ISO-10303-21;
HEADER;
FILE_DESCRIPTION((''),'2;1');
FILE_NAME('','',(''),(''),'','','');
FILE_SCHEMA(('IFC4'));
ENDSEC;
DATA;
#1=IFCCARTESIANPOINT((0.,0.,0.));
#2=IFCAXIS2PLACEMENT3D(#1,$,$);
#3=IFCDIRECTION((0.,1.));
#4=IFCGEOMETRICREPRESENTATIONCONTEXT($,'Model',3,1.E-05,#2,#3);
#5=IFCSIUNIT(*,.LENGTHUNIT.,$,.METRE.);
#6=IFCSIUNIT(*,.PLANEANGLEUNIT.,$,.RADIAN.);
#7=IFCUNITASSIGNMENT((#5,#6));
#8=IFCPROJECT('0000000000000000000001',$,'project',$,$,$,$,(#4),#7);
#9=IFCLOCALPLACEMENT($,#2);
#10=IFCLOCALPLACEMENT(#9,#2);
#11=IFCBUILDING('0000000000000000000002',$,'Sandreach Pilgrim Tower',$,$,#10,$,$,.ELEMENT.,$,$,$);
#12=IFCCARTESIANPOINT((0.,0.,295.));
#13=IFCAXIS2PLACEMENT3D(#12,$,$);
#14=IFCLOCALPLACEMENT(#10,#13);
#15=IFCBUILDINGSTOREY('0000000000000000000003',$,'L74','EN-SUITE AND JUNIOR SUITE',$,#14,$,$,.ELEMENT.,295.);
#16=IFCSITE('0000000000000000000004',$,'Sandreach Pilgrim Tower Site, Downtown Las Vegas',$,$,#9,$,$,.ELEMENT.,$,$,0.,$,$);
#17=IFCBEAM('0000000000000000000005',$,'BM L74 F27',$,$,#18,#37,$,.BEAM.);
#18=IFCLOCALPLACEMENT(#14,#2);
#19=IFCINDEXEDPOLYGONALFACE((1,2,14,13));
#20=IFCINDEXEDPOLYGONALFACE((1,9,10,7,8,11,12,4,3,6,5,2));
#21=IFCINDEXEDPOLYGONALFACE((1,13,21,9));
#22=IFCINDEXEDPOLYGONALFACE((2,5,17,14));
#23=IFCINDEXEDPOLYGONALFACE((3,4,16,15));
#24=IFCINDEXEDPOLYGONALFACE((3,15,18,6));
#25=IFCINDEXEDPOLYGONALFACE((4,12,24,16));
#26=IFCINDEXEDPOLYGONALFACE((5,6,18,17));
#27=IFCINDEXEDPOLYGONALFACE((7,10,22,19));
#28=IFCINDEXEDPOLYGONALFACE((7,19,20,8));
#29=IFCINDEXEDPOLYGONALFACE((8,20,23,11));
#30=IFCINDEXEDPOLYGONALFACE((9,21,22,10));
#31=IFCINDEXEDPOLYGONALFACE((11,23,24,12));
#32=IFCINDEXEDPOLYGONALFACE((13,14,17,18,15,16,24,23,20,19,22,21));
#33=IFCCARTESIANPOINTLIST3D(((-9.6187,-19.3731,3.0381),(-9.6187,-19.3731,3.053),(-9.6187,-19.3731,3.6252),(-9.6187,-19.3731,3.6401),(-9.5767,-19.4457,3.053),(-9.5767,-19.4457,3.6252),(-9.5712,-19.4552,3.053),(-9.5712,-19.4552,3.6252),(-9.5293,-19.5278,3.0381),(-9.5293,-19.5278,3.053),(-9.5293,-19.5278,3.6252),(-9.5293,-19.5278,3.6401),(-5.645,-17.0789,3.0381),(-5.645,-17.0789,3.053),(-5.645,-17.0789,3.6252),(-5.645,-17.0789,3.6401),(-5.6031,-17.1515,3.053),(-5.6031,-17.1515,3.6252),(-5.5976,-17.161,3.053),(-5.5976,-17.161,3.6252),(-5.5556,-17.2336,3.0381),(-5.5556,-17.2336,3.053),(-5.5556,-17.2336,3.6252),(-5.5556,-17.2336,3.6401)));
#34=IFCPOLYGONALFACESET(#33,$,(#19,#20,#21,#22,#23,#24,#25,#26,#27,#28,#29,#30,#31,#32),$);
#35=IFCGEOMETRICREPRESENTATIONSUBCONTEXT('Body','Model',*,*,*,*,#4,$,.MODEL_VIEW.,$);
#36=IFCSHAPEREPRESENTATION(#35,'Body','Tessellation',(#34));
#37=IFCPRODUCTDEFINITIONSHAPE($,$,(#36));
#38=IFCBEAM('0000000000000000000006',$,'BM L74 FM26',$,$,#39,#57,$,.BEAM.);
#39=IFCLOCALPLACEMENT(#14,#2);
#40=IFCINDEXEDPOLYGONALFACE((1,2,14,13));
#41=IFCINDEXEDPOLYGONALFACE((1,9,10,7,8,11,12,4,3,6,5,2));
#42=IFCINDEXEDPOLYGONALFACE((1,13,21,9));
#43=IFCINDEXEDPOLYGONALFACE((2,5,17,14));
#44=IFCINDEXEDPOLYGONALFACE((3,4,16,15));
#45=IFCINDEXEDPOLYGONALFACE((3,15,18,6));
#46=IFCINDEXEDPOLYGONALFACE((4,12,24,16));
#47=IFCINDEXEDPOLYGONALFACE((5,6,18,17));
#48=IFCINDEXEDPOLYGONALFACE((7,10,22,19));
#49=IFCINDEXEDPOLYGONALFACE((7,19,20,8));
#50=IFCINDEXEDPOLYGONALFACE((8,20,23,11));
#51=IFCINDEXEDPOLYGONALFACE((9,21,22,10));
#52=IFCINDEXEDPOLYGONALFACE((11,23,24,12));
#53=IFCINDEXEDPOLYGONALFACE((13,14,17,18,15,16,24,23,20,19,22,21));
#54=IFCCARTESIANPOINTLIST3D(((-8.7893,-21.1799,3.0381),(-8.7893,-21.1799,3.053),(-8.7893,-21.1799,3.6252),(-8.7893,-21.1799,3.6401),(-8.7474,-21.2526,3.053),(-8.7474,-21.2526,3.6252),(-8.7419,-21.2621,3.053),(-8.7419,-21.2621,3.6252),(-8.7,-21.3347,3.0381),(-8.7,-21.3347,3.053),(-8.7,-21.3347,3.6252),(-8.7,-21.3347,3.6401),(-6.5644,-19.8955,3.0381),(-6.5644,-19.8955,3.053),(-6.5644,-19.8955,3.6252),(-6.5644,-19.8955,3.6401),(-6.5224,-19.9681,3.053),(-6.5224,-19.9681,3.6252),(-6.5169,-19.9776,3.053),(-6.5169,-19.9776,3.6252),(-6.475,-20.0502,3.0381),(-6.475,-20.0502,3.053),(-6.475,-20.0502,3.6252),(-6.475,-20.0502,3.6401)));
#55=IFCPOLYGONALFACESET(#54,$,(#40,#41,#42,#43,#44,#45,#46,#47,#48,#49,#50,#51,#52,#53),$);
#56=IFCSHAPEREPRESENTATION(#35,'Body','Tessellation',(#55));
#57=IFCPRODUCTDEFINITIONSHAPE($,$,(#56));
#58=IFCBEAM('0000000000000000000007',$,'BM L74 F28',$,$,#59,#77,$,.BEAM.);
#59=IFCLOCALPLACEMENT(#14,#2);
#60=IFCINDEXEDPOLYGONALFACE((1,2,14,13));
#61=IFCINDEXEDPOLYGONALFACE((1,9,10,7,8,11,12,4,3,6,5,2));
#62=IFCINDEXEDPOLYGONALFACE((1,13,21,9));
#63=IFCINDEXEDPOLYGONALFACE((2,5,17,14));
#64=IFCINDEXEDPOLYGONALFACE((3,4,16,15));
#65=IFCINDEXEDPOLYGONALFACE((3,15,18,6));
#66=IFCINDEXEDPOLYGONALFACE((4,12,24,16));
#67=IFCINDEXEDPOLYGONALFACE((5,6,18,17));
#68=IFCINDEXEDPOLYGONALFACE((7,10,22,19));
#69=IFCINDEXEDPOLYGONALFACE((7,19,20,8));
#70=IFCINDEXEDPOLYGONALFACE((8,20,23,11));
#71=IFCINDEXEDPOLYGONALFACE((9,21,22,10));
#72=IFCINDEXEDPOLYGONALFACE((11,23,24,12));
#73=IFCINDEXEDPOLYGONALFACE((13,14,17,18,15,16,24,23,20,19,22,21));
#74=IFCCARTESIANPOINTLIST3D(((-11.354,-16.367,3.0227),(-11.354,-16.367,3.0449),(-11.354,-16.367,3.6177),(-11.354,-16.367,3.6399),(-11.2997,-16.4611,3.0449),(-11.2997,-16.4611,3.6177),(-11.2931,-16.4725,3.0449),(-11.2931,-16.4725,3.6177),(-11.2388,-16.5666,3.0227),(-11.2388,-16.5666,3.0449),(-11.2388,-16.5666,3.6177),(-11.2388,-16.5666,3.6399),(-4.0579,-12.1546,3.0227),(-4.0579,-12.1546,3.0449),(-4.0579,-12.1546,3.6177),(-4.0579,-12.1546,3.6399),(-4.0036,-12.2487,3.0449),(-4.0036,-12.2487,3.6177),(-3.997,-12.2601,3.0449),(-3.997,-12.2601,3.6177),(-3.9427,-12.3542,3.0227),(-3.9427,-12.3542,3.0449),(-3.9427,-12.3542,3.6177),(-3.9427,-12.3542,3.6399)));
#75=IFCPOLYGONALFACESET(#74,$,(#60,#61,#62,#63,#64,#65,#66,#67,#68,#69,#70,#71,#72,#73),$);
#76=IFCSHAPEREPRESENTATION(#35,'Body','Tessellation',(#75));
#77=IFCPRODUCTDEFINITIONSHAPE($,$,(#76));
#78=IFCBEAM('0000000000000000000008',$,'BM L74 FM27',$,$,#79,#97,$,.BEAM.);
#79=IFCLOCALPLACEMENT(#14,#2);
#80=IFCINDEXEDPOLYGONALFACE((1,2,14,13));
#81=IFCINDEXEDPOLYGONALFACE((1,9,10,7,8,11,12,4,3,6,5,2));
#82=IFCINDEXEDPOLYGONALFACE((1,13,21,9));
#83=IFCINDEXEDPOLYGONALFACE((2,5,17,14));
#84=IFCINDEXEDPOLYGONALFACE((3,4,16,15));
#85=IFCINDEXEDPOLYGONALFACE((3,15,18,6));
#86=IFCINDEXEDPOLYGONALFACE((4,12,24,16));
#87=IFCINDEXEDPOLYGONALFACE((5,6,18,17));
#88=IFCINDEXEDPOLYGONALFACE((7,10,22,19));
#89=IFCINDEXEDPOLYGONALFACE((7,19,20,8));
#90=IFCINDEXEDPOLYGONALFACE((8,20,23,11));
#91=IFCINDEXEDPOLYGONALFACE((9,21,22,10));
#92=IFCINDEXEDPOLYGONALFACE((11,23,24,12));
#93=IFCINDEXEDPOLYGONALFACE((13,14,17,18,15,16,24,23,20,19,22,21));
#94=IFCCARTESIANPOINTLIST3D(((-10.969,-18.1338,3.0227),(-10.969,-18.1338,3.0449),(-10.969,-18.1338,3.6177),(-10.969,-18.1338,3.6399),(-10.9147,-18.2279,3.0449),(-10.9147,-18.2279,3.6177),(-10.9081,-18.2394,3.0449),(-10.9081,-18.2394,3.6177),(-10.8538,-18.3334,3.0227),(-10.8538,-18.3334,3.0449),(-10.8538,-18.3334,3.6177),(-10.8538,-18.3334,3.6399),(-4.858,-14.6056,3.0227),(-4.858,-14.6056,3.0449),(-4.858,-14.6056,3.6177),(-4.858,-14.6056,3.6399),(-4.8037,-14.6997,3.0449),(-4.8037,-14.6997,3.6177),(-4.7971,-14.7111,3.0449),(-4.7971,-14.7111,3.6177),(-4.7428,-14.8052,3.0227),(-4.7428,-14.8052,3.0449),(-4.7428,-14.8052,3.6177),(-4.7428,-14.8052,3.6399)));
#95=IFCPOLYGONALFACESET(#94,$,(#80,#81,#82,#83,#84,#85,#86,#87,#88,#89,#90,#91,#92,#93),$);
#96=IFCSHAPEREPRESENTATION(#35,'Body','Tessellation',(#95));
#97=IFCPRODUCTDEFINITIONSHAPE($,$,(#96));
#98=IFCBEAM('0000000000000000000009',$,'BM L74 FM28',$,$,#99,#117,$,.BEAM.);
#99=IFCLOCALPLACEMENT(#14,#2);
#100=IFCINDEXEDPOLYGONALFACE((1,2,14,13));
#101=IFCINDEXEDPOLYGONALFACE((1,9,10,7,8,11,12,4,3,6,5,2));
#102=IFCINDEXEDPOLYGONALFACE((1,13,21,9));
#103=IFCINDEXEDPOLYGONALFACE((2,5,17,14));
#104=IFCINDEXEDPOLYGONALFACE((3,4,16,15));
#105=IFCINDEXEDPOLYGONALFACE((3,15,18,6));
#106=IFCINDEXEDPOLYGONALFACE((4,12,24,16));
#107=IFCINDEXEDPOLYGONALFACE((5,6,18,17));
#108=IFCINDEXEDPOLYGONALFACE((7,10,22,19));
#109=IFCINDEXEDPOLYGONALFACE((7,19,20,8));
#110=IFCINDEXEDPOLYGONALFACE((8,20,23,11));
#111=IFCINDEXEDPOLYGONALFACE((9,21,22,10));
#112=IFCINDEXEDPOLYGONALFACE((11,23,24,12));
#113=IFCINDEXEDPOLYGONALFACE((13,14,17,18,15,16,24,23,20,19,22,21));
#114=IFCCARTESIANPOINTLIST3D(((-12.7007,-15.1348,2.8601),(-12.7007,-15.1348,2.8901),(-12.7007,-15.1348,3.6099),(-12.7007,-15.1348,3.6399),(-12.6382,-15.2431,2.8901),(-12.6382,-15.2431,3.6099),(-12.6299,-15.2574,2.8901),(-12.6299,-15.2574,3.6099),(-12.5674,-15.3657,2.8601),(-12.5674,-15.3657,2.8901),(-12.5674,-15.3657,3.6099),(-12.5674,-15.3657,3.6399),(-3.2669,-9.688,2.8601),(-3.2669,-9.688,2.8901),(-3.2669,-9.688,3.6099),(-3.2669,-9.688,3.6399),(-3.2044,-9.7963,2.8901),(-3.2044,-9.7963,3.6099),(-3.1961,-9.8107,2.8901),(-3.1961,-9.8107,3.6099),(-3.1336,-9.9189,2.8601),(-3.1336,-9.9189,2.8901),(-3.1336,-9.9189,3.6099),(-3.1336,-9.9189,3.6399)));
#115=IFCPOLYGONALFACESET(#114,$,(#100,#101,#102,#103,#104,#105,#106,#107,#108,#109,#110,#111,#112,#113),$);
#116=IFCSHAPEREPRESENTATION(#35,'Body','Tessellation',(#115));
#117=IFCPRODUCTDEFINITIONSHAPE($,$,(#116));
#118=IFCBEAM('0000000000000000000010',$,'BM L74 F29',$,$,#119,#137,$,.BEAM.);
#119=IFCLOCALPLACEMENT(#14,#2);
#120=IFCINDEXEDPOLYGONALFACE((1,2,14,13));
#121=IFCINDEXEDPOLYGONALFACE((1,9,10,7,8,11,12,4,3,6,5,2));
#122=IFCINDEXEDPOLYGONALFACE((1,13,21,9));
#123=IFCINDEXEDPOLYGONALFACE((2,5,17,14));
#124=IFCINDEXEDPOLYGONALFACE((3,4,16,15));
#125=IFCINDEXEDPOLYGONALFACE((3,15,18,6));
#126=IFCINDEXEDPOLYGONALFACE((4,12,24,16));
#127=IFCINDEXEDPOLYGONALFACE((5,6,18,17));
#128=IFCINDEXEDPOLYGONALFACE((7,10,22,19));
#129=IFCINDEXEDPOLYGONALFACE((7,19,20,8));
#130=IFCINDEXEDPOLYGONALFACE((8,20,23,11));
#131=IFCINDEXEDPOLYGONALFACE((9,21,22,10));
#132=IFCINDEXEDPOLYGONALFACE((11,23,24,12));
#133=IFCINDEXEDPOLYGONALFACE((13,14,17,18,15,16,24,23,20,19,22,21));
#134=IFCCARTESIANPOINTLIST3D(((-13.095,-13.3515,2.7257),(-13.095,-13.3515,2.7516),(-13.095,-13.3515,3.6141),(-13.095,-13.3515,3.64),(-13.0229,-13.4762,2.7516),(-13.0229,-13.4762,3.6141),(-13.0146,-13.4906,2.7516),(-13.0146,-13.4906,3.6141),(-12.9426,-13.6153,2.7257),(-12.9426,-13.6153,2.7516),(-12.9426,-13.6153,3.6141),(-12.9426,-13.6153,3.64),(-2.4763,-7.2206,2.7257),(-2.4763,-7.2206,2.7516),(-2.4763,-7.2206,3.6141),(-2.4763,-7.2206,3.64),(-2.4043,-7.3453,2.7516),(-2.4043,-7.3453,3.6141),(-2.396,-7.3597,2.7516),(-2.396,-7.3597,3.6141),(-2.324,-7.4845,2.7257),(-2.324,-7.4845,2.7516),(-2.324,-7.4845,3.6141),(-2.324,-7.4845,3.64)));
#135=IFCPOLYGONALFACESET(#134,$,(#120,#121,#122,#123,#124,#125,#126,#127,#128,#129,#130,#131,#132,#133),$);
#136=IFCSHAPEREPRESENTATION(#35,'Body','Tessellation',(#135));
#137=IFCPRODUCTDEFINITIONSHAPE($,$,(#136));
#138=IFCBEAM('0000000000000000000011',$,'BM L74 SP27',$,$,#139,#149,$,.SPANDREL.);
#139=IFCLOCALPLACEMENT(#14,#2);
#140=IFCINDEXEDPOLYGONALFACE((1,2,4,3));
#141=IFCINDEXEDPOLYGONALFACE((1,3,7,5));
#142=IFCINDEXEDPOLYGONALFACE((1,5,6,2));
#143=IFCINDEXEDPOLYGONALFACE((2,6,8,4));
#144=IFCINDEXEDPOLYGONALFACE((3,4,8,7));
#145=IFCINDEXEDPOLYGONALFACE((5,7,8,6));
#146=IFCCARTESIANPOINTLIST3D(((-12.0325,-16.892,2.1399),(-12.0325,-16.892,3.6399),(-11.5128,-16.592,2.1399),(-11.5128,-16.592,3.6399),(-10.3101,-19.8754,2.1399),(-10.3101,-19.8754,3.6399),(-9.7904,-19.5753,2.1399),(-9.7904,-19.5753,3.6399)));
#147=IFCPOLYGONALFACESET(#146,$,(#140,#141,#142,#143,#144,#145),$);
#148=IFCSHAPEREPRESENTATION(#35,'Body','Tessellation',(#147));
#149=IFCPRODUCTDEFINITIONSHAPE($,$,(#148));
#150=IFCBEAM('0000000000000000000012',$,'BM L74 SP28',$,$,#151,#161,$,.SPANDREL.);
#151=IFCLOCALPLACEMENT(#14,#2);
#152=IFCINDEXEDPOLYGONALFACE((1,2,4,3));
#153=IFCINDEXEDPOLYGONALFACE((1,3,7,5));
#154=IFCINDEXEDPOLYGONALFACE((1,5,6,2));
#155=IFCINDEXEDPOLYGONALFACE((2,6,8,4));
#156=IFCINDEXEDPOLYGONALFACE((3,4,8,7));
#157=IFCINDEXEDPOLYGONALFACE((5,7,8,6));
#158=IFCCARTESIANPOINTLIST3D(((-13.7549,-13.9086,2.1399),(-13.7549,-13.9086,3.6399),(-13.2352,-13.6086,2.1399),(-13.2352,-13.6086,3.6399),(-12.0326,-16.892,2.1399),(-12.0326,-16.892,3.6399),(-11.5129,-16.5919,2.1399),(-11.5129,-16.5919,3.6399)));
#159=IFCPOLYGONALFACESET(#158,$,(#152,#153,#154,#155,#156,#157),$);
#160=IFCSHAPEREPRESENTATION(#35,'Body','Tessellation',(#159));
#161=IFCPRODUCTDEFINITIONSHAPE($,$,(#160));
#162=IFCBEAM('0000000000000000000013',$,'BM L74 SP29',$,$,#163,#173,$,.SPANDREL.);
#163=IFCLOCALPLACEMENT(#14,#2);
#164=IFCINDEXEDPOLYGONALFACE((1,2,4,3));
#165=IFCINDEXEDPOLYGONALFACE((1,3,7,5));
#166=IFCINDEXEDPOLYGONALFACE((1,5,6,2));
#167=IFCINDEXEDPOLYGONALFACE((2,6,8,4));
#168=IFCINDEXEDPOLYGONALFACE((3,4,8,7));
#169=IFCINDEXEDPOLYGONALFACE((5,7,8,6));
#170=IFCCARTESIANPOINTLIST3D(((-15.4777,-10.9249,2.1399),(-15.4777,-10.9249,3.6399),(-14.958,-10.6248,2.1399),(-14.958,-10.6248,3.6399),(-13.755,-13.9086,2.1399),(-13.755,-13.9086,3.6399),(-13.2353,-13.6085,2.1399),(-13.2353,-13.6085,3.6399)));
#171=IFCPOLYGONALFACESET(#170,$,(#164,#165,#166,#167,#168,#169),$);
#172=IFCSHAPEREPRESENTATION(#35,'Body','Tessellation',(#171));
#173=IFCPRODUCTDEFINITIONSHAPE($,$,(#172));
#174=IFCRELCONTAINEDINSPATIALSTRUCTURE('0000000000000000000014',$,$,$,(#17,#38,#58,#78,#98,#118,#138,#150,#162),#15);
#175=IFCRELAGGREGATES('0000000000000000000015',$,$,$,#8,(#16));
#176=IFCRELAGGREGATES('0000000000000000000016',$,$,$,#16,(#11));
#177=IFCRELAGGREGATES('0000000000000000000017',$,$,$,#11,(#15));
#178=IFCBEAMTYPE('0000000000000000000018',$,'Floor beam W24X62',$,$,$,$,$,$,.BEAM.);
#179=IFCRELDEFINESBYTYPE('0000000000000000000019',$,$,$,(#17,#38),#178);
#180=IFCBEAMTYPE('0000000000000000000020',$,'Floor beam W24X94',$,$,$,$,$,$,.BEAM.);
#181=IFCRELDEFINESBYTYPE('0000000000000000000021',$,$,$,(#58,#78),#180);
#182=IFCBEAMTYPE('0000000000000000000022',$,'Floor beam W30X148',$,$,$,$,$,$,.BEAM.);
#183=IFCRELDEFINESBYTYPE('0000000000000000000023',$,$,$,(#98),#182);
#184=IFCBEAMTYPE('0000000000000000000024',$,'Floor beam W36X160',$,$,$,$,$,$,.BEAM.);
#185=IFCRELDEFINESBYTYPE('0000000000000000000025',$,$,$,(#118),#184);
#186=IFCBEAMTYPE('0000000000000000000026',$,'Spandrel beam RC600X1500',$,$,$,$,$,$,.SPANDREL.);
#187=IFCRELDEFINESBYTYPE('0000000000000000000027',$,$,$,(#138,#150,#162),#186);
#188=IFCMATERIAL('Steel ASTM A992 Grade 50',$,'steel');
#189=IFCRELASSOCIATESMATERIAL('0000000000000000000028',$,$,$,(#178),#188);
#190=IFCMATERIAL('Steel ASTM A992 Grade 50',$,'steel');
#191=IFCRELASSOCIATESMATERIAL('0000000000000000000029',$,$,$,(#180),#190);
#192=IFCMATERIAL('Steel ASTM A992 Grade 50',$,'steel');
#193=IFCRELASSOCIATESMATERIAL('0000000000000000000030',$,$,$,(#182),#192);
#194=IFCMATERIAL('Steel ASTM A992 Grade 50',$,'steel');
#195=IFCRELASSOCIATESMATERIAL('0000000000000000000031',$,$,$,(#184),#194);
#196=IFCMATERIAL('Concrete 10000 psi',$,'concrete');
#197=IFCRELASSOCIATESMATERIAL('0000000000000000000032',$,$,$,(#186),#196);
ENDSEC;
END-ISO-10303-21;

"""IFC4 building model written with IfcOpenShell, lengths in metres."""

from ifc_helpers import new_model, si_unit, direction, frame, origin, origin_2d, place, context, subcontext, project, spatial, rectangle, i_section, extrude, material, material_profile, profile_set, type_object, element, save


model = new_model("IFC4")

# Units and contexts
model_context = context("Model", 3, precision=1e-05, world=origin(), true_north=direction((0.0, 1.0)))
body_context = subcontext(model_context, "Body", "Model", "MODEL_VIEW")
ifc_project = project(units=[si_unit("LENGTHUNIT", "METRE"), si_unit("PLANEANGLEUNIT", "RADIAN")], contexts=[model_context])

# Site, building, storey
site_placement = place(None, origin())
site = spatial("IfcSite", under=ifc_project, at=site_placement, Name="Sandreach Pilgrim Tower Site, Downtown Las Vegas", CompositionType="ELEMENT", RefElevation=0.0)
building_placement = place(site_placement, origin())
building = spatial("IfcBuilding", under=site, at=building_placement, Name="Sandreach Pilgrim Tower", CompositionType="ELEMENT")
storey_placement = place(building_placement, frame((0.0, 0.0, 295.0)))
storey = spatial("IfcBuildingStorey", under=building, at=storey_placement, Name="L74", Description="EN-SUITE AND JUNIOR SUITE", CompositionType="ELEMENT", Elevation=295.0)

# Beams
ifc_material_1 = material(Name="Steel ASTM A992 Grade 50", Category="steel")
ifc_material_profile_1 = material_profile(ifc_material_1, i_section(OverallWidth=0.1787, OverallDepth=0.6021, WebThickness=0.011, FlangeThickness=0.0149, at=origin_2d()), Name="W24X62")
ifc_profile_set_1 = profile_set([ifc_material_profile_1], Name="Steel ASTM A992 Grade 50")
beam_type_1 = type_object("IfcBeamType", Name="Floor beam W24X62", PredefinedType="BEAM", material=ifc_profile_set_1)
beam_1_placement = place(storey_placement, frame((-9.574, -19.4504, 3.3391), z_axis=(0.866024, 0.500002, 0.0), x_axis=(-0.500002, 0.866024, 0.0)))
element("IfcBeam", 1, at=beam_1_placement, inside=storey, type_object=beam_type_1, Name="BM L74 F27", PredefinedType="BEAM", context=body_context, shape_type="SweptSolid", body=[
    extrude(i_section(OverallWidth=0.1787, OverallDepth=0.6021, WebThickness=0.011, FlangeThickness=0.0149, at=origin_2d()), origin(), (0.0, 0.0, 1.0), 4.5884),
])
beam_2_placement = place(storey_placement, frame((-8.7446, -21.2573, 3.3391), z_axis=(0.866042, 0.499972, 0.0), x_axis=(-0.499972, 0.866042, 0.0)))
element("IfcBeam", 2, at=beam_2_placement, inside=storey, type_object=beam_type_1, Name="BM L74 FM26", PredefinedType="BEAM", context=body_context, shape_type="SweptSolid", body=[
    extrude(i_section(OverallWidth=0.1787, OverallDepth=0.6021, WebThickness=0.011, FlangeThickness=0.0149, at=origin_2d()), origin(), (0.0, 0.0, 1.0), 2.5691),
])
ifc_material_2 = material(Name="Steel ASTM A992 Grade 50", Category="steel")
ifc_material_profile_2 = material_profile(ifc_material_2, i_section(OverallWidth=0.2305, OverallDepth=0.6172, WebThickness=0.0132, FlangeThickness=0.0222, at=origin_2d()), Name="W24X94")
ifc_profile_set_2 = profile_set([ifc_material_profile_2], Name="Steel ASTM A992 Grade 50")
beam_type_2 = type_object("IfcBeamType", Name="Floor beam W24X94", PredefinedType="BEAM", material=ifc_profile_set_2)
beam_3_placement = place(storey_placement, frame((-11.2964, -16.4668, 3.3313), z_axis=(0.866027, 0.499998, 0.0), x_axis=(-0.499998, 0.866027, 0.0)))
element("IfcBeam", 3, at=beam_3_placement, inside=storey, type_object=beam_type_2, Name="BM L74 F28", PredefinedType="BEAM", context=body_context, shape_type="SweptSolid", body=[
    extrude(i_section(OverallWidth=0.2305, OverallDepth=0.6172, WebThickness=0.0132, FlangeThickness=0.0222, at=origin_2d()), origin(), (0.0, 0.0, 1.0), 8.4248),
])
beam_4_placement = place(storey_placement, frame((-10.9114, -18.2336, 3.3313), z_axis=(0.86602, 0.500009, 0.0), x_axis=(-0.500009, 0.86602, 0.0)))
element("IfcBeam", 4, at=beam_4_placement, inside=storey, type_object=beam_type_2, Name="BM L74 FM27", PredefinedType="BEAM", context=body_context, shape_type="SweptSolid", body=[
    extrude(i_section(OverallWidth=0.2305, OverallDepth=0.6172, WebThickness=0.0132, FlangeThickness=0.0222, at=origin_2d()), origin(), (0.0, 0.0, 1.0), 7.0564),
])
ifc_material_3 = material(Name="Steel ASTM A992 Grade 50", Category="steel")
ifc_material_profile_3 = material_profile(ifc_material_3, i_section(OverallWidth=0.2666, OverallDepth=0.7798, WebThickness=0.0166, FlangeThickness=0.03, at=origin_2d()), Name="W30X148")
ifc_profile_set_3 = profile_set([ifc_material_profile_3], Name="Steel ASTM A992 Grade 50")
beam_type_3 = type_object("IfcBeamType", Name="Floor beam W30X148", PredefinedType="BEAM", material=ifc_profile_set_3)
beam_5_placement = place(storey_placement, frame((-12.634, -15.2502, 3.25), z_axis=(0.86602, 0.50001, 0.0), x_axis=(-0.50001, 0.86602, 0.0)))
element("IfcBeam", 5, at=beam_5_placement, inside=storey, type_object=beam_type_3, Name="BM L74 FM28", PredefinedType="BEAM", context=body_context, shape_type="SweptSolid", body=[
    extrude(i_section(OverallWidth=0.2666, OverallDepth=0.7798, WebThickness=0.0166, FlangeThickness=0.03, at=origin_2d()), origin(), (0.0, 0.0, 1.0), 10.8933),
])
ifc_material_4 = material(Name="Steel ASTM A992 Grade 50", Category="steel")
ifc_material_profile_4 = material_profile(ifc_material_4, i_section(OverallWidth=0.3047, OverallDepth=0.9143, WebThickness=0.0166, FlangeThickness=0.0259, at=origin_2d()), Name="W36X160")
ifc_profile_set_4 = profile_set([ifc_material_profile_4], Name="Steel ASTM A992 Grade 50")
beam_type_4 = type_object("IfcBeamType", Name="Floor beam W36X160", PredefinedType="BEAM", material=ifc_profile_set_4)
beam_6_placement = place(storey_placement, frame((-13.0188, -13.4834, 3.1829), z_axis=(0.866019, 0.500011, 0.0), x_axis=(-0.500011, 0.866019, 0.0)))
element("IfcBeam", 6, at=beam_6_placement, inside=storey, type_object=beam_type_4, Name="BM L74 F29", PredefinedType="BEAM", context=body_context, shape_type="SweptSolid", body=[
    extrude(i_section(OverallWidth=0.3047, OverallDepth=0.9143, WebThickness=0.0166, FlangeThickness=0.0259, at=origin_2d()), origin(), (0.0, 0.0, 1.0), 12.2615),
])
ifc_material_5 = material(Name="Concrete 10000 psi", Category="concrete")
ifc_material_profile_5 = material_profile(ifc_material_5, rectangle(XDim=0.6001, YDim=1.5, at=origin_2d()), Name="RC600X1500")
ifc_profile_set_5 = profile_set([ifc_material_profile_5], Name="Concrete 10000 psi")
beam_type_5 = type_object("IfcBeamType", Name="Spandrel beam RC600X1500", PredefinedType="SPANDREL", material=ifc_profile_set_5)
for number, where, z_axis, x_axis, name in (
    (7, (-10.0503, -19.7253, 2.8899), (-0.499988, 0.866032, 0.0), (-0.866032, -0.499988, 0.0), "BM L74 SP27"),
    (8, (-11.7727, -16.7419, 2.8899), (-0.499988, 0.866032, 0.0), (-0.866032, -0.499988, 0.0), "BM L74 SP28"),
):
    element("IfcBeam", number, at=place(storey_placement, frame(where, z_axis=z_axis, x_axis=x_axis)), inside=storey, type_object=beam_type_5, Name=name, PredefinedType="SPANDREL", context=body_context, shape_type="SweptSolid", body=[
        extrude(rectangle(XDim=0.6001, YDim=1.5, at=origin_2d()), origin(), (0.0, 0.0, 1.0), 3.4448),
    ])
beam_7_placement = place(storey_placement, frame((-13.4951, -13.7585, 2.8899), z_axis=(-0.500011, 0.866019, 0.0), x_axis=(-0.866019, -0.500011, 0.0)))
element("IfcBeam", 9, at=beam_7_placement, inside=storey, type_object=beam_type_5, Name="BM L74 SP29", PredefinedType="SPANDREL", context=body_context, shape_type="SweptSolid", body=[
    extrude(rectangle(XDim=0.6001, YDim=1.5, at=origin_2d()), origin(), (0.0, 0.0, 1.0), 3.4453),
])

save(model, "model.ifc")
